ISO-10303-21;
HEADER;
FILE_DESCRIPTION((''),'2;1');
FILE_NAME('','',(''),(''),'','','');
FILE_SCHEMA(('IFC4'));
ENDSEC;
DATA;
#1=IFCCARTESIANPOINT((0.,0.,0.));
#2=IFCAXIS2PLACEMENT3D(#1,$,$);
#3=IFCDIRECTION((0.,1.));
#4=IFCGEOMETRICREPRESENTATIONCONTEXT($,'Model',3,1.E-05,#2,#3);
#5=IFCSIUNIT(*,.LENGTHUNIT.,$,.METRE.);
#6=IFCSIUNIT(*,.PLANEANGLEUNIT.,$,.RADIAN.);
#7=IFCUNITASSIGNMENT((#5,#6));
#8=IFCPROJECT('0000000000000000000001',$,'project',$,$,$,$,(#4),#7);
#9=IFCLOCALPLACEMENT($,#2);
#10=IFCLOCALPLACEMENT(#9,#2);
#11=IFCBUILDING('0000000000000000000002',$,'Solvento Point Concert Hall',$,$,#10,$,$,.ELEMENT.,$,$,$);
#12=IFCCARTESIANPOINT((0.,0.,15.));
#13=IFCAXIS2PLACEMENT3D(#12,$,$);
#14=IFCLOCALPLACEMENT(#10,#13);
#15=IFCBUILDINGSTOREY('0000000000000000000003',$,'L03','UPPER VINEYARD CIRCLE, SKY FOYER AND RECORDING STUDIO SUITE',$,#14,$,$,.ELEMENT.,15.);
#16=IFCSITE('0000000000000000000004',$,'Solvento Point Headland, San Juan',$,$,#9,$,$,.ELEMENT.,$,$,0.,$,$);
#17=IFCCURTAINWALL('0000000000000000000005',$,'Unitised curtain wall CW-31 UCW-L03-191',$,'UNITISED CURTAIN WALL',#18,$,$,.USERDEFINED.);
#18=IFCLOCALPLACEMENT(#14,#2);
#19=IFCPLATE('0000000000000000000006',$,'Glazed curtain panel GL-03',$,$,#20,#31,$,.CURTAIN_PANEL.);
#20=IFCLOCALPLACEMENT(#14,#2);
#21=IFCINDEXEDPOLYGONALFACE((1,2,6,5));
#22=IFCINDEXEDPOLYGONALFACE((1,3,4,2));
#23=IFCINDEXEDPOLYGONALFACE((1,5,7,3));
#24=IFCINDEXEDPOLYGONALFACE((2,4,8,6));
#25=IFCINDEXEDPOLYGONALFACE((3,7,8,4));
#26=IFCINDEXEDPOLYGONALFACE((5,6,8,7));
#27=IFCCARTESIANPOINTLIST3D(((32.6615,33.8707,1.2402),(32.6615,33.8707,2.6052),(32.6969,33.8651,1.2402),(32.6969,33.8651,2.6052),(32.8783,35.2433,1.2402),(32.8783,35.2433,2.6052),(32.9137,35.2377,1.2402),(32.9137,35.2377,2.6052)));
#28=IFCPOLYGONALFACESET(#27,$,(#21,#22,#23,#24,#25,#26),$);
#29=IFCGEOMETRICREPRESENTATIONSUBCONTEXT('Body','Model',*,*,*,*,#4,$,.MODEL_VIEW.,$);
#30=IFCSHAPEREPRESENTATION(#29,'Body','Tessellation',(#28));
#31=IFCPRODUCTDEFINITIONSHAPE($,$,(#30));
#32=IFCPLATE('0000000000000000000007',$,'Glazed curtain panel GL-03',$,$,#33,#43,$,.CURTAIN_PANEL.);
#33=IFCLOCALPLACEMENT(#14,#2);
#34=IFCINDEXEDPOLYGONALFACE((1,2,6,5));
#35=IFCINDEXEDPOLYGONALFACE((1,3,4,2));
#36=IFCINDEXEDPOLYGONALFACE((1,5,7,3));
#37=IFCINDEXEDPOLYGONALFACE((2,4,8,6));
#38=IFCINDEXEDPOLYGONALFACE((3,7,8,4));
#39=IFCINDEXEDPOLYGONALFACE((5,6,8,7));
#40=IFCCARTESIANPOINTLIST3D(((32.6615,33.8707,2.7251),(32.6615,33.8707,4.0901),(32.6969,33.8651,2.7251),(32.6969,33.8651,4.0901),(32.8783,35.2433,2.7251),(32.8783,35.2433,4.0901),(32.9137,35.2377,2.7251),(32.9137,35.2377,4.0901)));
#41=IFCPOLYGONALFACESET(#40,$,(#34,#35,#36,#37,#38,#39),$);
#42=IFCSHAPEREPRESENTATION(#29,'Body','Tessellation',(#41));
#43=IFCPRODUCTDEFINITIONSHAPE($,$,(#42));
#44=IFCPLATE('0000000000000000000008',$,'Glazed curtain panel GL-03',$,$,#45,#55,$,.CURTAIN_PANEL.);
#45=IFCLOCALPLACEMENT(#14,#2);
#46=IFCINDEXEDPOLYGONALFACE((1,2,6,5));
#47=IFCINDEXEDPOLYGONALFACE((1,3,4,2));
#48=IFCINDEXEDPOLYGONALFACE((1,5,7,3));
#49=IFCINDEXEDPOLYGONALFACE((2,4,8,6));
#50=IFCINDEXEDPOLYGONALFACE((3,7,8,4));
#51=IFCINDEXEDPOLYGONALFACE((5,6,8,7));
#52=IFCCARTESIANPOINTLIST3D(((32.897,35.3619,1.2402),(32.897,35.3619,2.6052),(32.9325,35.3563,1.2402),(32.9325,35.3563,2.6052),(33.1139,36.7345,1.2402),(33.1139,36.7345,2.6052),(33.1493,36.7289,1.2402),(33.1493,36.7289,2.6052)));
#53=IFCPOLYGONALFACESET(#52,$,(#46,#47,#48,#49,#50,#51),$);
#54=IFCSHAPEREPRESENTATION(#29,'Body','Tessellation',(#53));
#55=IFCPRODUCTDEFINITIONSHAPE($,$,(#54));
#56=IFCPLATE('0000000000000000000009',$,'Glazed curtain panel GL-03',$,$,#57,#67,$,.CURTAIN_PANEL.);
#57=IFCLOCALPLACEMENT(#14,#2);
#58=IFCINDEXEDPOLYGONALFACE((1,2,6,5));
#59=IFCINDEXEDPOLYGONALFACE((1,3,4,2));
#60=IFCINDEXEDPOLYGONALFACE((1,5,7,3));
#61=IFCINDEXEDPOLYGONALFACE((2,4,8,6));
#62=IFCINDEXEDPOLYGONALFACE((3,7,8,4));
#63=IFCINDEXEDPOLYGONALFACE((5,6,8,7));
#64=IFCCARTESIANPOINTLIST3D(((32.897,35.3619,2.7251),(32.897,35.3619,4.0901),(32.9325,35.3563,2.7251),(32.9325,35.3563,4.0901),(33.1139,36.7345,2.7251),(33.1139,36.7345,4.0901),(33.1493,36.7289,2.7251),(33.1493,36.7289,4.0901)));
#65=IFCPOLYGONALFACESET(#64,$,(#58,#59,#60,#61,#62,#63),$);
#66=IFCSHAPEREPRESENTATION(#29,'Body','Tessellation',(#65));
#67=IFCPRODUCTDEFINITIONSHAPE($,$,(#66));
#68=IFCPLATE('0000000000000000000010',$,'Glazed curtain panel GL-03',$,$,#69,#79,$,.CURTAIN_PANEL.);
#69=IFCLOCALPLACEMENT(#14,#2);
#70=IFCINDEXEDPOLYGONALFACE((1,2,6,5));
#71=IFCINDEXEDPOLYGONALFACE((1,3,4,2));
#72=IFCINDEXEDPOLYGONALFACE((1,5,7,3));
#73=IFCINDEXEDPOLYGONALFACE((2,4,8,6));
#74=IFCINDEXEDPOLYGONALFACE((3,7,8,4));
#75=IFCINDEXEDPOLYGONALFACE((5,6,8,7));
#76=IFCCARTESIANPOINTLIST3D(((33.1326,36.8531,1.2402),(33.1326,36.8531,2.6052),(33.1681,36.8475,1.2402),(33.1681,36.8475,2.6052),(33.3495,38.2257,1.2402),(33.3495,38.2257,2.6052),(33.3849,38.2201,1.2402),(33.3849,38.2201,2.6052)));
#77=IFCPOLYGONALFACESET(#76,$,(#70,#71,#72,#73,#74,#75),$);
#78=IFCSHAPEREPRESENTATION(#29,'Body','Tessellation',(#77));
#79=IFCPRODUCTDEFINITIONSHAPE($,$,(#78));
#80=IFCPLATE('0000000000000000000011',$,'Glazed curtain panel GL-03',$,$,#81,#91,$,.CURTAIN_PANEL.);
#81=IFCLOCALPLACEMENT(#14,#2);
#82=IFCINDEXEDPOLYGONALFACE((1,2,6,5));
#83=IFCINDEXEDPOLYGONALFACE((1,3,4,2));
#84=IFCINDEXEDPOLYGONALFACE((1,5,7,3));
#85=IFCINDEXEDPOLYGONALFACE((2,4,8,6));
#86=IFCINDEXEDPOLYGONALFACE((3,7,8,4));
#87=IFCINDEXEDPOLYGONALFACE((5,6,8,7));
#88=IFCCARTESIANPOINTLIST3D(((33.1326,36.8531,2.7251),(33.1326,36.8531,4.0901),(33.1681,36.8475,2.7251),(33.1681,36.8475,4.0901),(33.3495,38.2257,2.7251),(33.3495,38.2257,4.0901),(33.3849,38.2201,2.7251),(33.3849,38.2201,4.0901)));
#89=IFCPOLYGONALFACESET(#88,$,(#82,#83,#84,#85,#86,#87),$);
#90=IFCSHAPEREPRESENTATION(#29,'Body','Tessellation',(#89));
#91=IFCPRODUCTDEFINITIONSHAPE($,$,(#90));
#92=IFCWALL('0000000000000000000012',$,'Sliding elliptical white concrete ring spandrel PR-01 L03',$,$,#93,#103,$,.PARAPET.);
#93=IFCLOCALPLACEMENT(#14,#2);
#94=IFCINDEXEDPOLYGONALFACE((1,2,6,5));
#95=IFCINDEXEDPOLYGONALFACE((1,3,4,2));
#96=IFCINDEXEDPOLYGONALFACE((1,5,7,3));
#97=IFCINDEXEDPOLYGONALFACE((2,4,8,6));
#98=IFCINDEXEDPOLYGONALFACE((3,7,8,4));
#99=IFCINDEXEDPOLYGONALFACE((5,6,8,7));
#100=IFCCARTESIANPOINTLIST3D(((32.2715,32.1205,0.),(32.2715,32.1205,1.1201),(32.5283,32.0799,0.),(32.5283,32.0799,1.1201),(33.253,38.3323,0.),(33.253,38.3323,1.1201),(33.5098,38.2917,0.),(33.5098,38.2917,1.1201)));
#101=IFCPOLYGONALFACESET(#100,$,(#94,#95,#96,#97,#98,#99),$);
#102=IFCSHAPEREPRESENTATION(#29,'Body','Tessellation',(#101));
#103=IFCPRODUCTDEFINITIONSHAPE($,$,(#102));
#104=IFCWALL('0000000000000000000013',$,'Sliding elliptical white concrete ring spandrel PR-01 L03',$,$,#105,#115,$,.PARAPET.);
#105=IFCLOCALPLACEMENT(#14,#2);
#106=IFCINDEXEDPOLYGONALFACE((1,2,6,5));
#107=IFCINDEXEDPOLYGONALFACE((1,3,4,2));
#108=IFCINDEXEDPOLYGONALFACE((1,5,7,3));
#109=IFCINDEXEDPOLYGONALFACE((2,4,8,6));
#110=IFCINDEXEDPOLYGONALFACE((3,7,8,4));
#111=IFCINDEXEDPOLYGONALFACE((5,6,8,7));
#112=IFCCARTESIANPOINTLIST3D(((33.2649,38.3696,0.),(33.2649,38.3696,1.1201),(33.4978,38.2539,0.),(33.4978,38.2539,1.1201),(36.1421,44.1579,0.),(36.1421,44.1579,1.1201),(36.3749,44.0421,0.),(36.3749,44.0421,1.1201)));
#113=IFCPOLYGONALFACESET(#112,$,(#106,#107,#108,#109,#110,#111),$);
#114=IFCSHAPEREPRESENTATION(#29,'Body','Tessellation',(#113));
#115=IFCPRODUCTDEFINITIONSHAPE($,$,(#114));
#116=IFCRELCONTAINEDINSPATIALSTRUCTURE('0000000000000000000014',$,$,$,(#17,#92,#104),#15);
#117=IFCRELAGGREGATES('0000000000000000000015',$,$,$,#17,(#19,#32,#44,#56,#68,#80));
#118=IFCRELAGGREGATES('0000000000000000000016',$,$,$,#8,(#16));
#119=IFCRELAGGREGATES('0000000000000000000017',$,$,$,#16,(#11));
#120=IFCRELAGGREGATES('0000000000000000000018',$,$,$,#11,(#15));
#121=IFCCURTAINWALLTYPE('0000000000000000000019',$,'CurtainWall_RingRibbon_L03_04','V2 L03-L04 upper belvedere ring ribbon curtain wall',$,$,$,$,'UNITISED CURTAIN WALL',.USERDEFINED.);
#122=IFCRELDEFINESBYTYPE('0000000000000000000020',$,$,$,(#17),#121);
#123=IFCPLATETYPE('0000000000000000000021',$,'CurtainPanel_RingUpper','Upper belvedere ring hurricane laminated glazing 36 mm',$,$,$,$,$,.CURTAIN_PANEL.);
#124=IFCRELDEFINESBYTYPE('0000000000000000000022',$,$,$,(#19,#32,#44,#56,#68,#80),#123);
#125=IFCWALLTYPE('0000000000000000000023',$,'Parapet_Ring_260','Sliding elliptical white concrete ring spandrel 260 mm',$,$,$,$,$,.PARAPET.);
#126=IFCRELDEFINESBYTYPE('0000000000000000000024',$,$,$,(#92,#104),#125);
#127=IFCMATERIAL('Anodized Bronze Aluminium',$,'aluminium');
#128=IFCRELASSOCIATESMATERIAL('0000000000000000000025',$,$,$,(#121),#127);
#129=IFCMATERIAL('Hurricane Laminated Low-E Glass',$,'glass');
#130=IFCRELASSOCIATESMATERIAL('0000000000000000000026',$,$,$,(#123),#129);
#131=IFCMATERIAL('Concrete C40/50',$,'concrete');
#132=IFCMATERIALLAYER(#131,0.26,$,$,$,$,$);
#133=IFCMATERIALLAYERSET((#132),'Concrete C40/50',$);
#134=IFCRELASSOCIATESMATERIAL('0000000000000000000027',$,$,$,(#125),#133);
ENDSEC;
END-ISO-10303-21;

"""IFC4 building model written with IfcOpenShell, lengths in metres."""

from ifc_helpers import new_model, si_unit, direction, frame, frame_2d, origin, origin_2d, place, context, subcontext, project, spatial, rectangle, extrude, material, layer, layer_set, type_object, element, aggregate, save


model = new_model("IFC4")

# Units and contexts
model_context = context("Model", 3, precision=1e-05, world=origin(), true_north=direction((0.0, 1.0)))
body_context = subcontext(model_context, "Body", "Model", "MODEL_VIEW")
ifc_project = project(units=[si_unit("LENGTHUNIT", "METRE"), si_unit("PLANEANGLEUNIT", "RADIAN")], contexts=[model_context])

# Site, building, storey
site_placement = place(None, origin())
site = spatial("IfcSite", under=ifc_project, at=site_placement, Name="Solvento Point Headland, San Juan", CompositionType="ELEMENT", RefElevation=0.0)
building_placement = place(site_placement, origin())
building = spatial("IfcBuilding", under=site, at=building_placement, Name="Solvento Point Concert Hall", CompositionType="ELEMENT")
storey_placement = place(building_placement, frame((0.0, 0.0, 15.0)))
storey = spatial("IfcBuildingStorey", under=building, at=storey_placement, Name="L03", Description="UPPER VINEYARD CIRCLE, SKY FOYER AND RECORDING STUDIO SUITE", CompositionType="ELEMENT", Elevation=15.0)

# Curtain wall
ifc_material_1 = material(Name="Anodized Bronze Aluminium", Category="aluminium")
curtain_wall_type = type_object("IfcCurtainWallType", Name="CurtainWall_RingRibbon_L03_04", Description="V2 L03-L04 upper belvedere ring ribbon curtain wall", ElementType="UNITISED CURTAIN WALL", PredefinedType="USERDEFINED", material=ifc_material_1)
curtain_wall_1_placement = place(storey_placement, origin())
curtain_wall_1 = element("IfcCurtainWall", 1, at=curtain_wall_1_placement, inside=storey, type_object=curtain_wall_type, Name="Unitised curtain wall CW-31 UCW-L03-191", ObjectType="UNITISED CURTAIN WALL", PredefinedType="USERDEFINED")

# Plates
ifc_material_2 = material(Name="Hurricane Laminated Low-E Glass", Category="glass")
plate_type = type_object("IfcPlateType", Name="CurtainPanel_RingUpper", Description="Upper belvedere ring hurricane laminated glazing 36 mm", PredefinedType="CURTAIN_PANEL", material=ifc_material_2)
plate_1_placement = place(storey_placement, frame((32.7876, 34.5542, 1.2402), z_axis=(0.0, 0.0, 1.0), x_axis=(0.156041, 0.987751, 0.0)))
plate_1 = element("IfcPlate", 2, at=plate_1_placement, type_object=plate_type, Name="Glazed curtain panel GL-03", PredefinedType="CURTAIN_PANEL", context=body_context, shape_type="SweptSolid", body=[
    extrude(rectangle(XDim=1.3896, YDim=0.0359, at=origin_2d()), origin(), (0.0, 0.0, 1.0), 1.365),
])
plate_2_placement = place(storey_placement, frame((32.7876, 34.5542, 2.7251), z_axis=(0.0, 0.0, 1.0), x_axis=(0.156041, 0.987751, 0.0)))
plate_2 = element("IfcPlate", 3, at=plate_2_placement, type_object=plate_type, Name="Glazed curtain panel GL-03", PredefinedType="CURTAIN_PANEL", context=body_context, shape_type="SweptSolid", body=[
    extrude(rectangle(XDim=1.3896, YDim=0.0359, at=origin_2d()), origin(), (0.0, 0.0, 1.0), 1.365),
])
plate_3_placement = place(storey_placement, frame((33.0232, 36.0454, 1.2402), z_axis=(0.0, 0.0, 1.0), x_axis=(0.156041, 0.987751, 0.0)))
plate_3 = element("IfcPlate", 4, at=plate_3_placement, type_object=plate_type, Name="Glazed curtain panel GL-03", PredefinedType="CURTAIN_PANEL", context=body_context, shape_type="SweptSolid", body=[
    extrude(rectangle(XDim=1.3896, YDim=0.0359, at=origin_2d()), origin(), (0.0, 0.0, 1.0), 1.365),
])
plate_4_placement = place(storey_placement, frame((33.0232, 36.0454, 2.7251), z_axis=(0.0, 0.0, 1.0), x_axis=(0.156041, 0.987751, 0.0)))
plate_4 = element("IfcPlate", 5, at=plate_4_placement, type_object=plate_type, Name="Glazed curtain panel GL-03", PredefinedType="CURTAIN_PANEL", context=body_context, shape_type="SweptSolid", body=[
    extrude(rectangle(XDim=1.3896, YDim=0.0359, at=origin_2d()), origin(), (0.0, 0.0, 1.0), 1.365),
])
plate_5_placement = place(storey_placement, frame((33.2588, 37.5366, 1.2402), z_axis=(0.0, 0.0, 1.0), x_axis=(0.156041, 0.987751, 0.0)))
plate_5 = element("IfcPlate", 6, at=plate_5_placement, type_object=plate_type, Name="Glazed curtain panel GL-03", PredefinedType="CURTAIN_PANEL", context=body_context, shape_type="SweptSolid", body=[
    extrude(rectangle(XDim=1.3896, YDim=0.0359, at=origin_2d()), origin(), (0.0, 0.0, 1.0), 1.365),
])
plate_6_placement = place(storey_placement, frame((33.2588, 37.5366, 2.7251), z_axis=(0.0, 0.0, 1.0), x_axis=(0.156041, 0.987751, 0.0)))
plate_6 = element("IfcPlate", 7, at=plate_6_placement, type_object=plate_type, Name="Glazed curtain panel GL-03", PredefinedType="CURTAIN_PANEL", context=body_context, shape_type="SweptSolid", body=[
    extrude(rectangle(XDim=1.3896, YDim=0.0359, at=origin_2d()), origin(), (0.0, 0.0, 1.0), 1.365),
])
aggregate(curtain_wall_1, [plate_1, plate_2, plate_3, plate_4, plate_5, plate_6])

# Walls
ifc_material_3 = material(Name="Concrete C40/50", Category="concrete")
ifc_layer = layer(ifc_material_3, 0.26)
ifc_layer_set = layer_set([ifc_layer], Name="Concrete C40/50")
wall_type = type_object("IfcWallType", Name="Parapet_Ring_260", Description="Sliding elliptical white concrete ring spandrel 260 mm", PredefinedType="PARAPET", material=ifc_layer_set)
wall_1_placement = place(storey_placement, frame((32.3999, 32.1001, 0.0), z_axis=(0.0, 0.0, 1.0), x_axis=(0.156064, 0.987747, 0.0)))
element("IfcWall", 8, at=wall_1_placement, inside=storey, type_object=wall_type, Name="Sliding elliptical white concrete ring spandrel PR-01 L03", PredefinedType="PARAPET", context=body_context, shape_type="SweptSolid", body=[
    extrude(rectangle(XDim=6.2888, YDim=0.26, at=frame_2d((3.1445, 0.0))), origin(), (0.0, 0.0, 1.0), 1.1201),
])
wall_2_placement = place(storey_placement, frame((33.3813, 38.3118, 0.0), z_axis=(0.0, 0.0, 1.0), x_axis=(0.445112, 0.895475, 0.0)))
element("IfcWall", 9, at=wall_2_placement, inside=storey, type_object=wall_type, Name="Sliding elliptical white concrete ring spandrel PR-01 L03", PredefinedType="PARAPET", context=body_context, shape_type="SweptSolid", body=[
    extrude(rectangle(XDim=6.4639, YDim=0.26, at=frame_2d((3.2319, 0.0))), origin(), (0.0, 0.0, 1.0), 1.1201),
])

save(model, "model.ifc")
